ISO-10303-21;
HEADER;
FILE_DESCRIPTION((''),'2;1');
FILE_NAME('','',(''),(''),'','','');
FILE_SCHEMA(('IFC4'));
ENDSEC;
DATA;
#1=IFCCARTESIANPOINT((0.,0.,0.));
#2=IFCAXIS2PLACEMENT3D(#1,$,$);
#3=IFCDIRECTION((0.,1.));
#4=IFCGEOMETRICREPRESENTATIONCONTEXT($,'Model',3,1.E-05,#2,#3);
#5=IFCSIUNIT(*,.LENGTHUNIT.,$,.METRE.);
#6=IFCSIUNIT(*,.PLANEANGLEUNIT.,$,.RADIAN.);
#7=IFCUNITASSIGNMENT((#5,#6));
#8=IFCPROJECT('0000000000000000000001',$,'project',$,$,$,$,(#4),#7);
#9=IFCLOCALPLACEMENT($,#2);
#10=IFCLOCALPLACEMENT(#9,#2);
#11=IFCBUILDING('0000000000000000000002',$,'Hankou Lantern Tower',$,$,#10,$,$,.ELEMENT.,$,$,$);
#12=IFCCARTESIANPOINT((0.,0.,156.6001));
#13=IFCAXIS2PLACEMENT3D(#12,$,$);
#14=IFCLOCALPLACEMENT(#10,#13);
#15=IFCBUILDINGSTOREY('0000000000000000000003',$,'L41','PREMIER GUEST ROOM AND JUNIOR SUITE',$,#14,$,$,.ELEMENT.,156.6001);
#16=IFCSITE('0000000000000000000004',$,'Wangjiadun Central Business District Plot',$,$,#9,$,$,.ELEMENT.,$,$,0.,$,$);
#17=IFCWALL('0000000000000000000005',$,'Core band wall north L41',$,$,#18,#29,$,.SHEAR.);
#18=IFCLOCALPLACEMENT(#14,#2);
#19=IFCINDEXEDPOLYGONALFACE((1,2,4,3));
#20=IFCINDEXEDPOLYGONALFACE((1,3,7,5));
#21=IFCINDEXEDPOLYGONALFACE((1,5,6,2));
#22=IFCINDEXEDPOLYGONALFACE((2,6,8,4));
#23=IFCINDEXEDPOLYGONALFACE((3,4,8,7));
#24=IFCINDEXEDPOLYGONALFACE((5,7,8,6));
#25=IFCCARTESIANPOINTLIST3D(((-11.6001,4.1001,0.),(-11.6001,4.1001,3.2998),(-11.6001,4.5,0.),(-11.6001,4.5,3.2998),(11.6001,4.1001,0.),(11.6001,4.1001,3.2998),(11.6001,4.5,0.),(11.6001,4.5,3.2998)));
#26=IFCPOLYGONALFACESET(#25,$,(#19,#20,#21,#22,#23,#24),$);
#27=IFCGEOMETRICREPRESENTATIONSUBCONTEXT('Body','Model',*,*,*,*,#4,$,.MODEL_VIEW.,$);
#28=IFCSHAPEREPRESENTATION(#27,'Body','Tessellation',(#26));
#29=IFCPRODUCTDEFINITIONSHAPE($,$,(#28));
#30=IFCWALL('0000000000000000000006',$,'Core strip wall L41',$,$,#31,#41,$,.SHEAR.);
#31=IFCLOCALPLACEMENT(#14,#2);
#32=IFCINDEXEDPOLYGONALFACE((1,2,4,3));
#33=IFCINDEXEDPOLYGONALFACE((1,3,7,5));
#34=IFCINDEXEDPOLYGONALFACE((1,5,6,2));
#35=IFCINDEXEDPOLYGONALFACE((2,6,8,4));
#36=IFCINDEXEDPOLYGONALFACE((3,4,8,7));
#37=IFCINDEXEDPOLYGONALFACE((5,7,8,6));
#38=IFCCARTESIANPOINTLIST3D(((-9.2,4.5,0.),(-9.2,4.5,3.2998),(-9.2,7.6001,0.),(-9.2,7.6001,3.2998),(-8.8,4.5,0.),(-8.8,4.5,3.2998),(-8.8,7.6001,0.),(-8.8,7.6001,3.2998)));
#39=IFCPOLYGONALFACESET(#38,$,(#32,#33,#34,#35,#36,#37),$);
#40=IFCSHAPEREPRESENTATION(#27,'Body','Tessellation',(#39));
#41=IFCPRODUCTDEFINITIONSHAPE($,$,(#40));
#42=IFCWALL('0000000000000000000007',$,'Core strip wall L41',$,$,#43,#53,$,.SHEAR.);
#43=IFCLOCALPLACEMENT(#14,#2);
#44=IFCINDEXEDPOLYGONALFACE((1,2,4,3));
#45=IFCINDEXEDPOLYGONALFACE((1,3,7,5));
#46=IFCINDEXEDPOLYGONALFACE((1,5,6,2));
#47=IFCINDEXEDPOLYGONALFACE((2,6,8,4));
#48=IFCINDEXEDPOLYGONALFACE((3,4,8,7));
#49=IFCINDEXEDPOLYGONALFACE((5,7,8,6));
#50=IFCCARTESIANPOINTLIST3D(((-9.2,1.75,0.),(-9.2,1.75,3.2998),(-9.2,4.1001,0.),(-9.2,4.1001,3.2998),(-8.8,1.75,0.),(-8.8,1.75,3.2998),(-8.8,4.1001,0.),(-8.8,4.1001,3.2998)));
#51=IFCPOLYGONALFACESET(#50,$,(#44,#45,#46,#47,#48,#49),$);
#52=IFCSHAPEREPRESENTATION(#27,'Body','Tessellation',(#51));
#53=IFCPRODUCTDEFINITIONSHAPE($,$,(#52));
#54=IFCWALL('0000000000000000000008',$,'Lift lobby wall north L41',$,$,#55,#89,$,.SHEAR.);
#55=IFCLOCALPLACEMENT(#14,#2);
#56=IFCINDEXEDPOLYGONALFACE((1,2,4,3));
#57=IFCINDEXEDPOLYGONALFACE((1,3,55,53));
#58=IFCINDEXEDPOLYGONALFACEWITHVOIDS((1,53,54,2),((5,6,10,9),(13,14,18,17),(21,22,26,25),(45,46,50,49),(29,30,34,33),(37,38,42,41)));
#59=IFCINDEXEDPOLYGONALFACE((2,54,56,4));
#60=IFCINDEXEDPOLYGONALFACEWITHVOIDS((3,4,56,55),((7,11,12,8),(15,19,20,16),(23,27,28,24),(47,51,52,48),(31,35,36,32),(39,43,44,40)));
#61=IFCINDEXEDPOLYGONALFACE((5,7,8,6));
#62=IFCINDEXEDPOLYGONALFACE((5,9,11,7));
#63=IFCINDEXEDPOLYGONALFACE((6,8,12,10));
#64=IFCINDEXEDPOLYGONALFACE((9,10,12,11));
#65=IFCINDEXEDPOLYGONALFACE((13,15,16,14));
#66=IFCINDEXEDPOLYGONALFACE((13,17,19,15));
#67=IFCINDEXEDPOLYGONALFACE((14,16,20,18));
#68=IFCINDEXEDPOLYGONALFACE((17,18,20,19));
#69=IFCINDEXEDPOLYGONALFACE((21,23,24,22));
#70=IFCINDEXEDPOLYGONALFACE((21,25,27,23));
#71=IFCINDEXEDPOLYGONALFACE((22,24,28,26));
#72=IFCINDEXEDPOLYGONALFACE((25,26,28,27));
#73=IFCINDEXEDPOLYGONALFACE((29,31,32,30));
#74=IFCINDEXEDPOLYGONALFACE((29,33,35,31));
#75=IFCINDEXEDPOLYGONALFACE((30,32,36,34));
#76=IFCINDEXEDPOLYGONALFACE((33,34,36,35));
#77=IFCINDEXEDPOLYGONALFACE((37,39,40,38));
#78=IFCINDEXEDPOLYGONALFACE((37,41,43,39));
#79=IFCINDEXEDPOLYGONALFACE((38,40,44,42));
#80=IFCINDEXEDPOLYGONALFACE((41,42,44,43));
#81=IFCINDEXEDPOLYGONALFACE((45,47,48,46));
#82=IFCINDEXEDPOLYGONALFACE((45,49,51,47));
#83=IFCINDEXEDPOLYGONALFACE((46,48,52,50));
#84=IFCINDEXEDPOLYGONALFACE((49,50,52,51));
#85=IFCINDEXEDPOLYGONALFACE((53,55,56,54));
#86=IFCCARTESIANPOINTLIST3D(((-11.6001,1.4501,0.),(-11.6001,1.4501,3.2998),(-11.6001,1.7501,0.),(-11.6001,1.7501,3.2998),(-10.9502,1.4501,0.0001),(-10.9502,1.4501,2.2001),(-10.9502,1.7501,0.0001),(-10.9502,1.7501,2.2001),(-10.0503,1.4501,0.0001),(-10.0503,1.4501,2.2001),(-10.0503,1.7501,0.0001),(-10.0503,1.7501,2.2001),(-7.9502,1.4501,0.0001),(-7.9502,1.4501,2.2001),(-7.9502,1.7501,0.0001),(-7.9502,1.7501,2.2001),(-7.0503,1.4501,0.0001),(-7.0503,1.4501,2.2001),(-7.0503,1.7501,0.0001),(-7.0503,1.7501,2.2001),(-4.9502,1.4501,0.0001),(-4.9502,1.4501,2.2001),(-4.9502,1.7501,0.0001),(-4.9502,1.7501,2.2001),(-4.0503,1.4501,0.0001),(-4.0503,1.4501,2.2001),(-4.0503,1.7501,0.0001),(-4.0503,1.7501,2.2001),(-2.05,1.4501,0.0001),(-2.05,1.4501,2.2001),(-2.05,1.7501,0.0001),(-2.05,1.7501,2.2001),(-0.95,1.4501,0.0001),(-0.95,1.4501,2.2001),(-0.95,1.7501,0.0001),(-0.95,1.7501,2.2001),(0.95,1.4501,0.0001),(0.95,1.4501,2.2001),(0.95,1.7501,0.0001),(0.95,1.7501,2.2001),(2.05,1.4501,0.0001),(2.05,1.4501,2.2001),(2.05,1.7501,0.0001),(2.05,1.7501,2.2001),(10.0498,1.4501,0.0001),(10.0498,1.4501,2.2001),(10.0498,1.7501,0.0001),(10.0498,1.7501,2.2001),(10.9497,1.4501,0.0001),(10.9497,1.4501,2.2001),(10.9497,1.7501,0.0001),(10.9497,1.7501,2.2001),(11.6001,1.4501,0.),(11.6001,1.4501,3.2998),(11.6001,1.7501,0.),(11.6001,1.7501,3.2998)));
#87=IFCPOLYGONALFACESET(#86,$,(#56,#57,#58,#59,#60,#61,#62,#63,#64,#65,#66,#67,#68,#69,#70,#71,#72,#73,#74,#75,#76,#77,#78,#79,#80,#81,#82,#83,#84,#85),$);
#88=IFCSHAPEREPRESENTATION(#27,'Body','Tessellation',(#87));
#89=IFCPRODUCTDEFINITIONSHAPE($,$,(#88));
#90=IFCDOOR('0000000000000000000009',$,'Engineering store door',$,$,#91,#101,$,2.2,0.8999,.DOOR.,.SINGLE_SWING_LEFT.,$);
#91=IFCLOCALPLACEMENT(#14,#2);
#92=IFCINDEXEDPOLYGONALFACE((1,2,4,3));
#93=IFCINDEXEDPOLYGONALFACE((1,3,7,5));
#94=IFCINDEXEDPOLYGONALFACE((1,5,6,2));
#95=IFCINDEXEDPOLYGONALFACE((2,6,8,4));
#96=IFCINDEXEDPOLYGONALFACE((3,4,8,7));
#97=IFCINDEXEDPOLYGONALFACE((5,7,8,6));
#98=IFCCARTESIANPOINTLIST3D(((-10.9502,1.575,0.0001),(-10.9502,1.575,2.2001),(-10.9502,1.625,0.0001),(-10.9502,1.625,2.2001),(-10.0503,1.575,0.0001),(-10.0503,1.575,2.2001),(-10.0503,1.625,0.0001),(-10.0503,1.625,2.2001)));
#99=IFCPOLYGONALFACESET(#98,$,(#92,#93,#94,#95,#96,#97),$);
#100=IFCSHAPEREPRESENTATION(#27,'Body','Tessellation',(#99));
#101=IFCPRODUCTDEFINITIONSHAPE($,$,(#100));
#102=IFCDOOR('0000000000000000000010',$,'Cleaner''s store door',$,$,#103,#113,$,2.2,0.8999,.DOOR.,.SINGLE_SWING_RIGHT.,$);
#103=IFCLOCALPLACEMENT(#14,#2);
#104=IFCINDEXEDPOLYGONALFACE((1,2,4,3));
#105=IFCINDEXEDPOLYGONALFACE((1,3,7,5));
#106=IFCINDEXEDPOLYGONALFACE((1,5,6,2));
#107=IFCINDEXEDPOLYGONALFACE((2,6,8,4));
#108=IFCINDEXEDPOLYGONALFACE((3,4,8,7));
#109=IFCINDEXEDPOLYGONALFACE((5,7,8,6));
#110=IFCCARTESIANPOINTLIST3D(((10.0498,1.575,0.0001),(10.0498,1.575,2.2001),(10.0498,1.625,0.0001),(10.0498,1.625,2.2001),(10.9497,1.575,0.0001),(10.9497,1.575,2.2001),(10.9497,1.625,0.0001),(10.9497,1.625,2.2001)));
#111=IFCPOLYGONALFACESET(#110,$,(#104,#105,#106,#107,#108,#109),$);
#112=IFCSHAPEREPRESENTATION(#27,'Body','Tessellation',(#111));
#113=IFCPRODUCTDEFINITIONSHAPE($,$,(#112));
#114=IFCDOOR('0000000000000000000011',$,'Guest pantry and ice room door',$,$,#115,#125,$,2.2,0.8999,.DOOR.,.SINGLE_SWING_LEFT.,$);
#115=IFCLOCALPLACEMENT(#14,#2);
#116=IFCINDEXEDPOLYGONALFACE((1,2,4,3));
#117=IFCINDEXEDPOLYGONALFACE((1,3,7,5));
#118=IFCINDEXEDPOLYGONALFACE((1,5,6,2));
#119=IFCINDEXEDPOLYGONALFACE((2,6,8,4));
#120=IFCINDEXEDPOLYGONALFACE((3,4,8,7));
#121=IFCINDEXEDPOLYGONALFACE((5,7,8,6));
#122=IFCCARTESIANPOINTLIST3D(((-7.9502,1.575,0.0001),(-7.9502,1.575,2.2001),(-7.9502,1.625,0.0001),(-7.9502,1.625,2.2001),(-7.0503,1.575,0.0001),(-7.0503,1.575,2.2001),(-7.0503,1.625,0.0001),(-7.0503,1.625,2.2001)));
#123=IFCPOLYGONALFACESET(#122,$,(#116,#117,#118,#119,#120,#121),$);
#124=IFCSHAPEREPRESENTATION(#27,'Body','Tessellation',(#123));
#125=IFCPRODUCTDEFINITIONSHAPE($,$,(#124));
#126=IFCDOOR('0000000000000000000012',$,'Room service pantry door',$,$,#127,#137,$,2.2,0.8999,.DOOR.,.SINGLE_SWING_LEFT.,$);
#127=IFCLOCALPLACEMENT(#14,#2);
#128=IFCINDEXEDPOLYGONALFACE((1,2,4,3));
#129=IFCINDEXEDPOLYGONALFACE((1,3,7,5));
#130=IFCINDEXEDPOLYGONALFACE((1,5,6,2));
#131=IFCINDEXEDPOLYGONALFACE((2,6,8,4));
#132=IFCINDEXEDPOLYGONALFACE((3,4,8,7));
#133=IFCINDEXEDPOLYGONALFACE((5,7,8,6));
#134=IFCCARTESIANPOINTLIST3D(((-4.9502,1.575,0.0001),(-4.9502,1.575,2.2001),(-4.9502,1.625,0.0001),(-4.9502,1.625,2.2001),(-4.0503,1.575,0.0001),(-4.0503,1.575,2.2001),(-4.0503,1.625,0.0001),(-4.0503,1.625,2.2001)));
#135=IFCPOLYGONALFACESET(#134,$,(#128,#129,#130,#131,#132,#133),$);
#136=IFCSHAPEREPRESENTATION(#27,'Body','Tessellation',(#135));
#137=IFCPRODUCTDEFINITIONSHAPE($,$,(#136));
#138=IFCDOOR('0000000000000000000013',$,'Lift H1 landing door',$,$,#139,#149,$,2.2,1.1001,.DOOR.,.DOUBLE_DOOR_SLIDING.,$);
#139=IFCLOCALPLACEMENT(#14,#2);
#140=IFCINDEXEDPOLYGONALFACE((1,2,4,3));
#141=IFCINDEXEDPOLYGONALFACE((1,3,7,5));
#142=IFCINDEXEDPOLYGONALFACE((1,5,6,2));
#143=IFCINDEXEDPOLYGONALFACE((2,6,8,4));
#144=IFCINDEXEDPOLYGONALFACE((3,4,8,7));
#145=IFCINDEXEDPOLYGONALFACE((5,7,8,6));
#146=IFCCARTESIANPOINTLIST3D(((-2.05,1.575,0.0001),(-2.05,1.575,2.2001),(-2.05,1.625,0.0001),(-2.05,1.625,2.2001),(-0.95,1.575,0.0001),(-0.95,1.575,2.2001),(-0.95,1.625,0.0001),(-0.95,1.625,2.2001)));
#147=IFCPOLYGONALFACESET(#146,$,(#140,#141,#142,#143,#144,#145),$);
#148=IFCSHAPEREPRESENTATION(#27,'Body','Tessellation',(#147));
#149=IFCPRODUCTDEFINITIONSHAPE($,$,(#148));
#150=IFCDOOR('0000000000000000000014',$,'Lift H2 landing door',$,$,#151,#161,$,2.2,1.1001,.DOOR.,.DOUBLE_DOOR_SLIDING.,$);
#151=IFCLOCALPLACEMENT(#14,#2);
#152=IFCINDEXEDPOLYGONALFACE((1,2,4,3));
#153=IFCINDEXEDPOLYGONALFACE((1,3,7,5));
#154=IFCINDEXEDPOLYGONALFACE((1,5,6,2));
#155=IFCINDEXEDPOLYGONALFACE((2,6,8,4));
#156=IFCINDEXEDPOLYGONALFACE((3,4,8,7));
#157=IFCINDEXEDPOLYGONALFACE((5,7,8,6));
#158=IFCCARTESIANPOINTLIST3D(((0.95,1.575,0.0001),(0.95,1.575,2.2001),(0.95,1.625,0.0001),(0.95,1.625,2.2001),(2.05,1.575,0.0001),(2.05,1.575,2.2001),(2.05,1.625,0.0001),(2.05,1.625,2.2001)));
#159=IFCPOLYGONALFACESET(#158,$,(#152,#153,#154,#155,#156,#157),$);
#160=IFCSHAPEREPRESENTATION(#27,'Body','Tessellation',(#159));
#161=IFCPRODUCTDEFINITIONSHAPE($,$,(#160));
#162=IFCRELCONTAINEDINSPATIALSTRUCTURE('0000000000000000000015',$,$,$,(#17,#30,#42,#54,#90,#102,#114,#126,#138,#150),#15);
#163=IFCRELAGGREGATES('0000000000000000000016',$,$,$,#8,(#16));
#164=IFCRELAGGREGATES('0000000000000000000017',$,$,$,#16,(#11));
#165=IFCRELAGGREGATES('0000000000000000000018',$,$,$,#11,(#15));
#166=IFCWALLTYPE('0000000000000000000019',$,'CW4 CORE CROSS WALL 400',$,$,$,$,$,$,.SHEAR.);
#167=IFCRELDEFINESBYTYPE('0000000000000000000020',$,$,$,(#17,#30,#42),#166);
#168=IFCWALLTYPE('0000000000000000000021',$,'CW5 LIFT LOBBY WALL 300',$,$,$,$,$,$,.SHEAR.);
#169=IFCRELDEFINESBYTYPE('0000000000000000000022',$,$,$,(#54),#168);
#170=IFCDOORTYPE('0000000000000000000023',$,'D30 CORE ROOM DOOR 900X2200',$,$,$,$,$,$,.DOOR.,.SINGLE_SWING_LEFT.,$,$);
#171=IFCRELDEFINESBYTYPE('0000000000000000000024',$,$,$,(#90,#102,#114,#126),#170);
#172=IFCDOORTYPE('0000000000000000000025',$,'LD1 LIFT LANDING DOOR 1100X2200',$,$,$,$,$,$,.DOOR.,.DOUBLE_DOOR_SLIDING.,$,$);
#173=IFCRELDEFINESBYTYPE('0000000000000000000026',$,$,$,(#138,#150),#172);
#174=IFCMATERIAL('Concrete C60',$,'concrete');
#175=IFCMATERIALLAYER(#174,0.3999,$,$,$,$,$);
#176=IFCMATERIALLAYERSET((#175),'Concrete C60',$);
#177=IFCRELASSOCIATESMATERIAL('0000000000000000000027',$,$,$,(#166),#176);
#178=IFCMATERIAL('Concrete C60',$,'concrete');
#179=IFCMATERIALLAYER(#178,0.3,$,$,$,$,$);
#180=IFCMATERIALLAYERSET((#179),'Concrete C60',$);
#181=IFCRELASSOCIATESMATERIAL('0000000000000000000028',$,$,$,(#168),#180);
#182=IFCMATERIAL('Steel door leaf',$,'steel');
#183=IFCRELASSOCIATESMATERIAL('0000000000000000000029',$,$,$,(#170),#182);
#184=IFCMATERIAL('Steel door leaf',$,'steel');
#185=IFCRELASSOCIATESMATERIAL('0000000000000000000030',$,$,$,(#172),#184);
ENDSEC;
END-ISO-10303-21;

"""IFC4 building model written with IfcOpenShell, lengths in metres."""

from ifc_helpers import new_model, si_unit, direction, frame, frame_2d, origin, place, context, subcontext, project, spatial, rectangle, extrude, material, layer, layer_set, type_object, element, fill, save


model = new_model("IFC4")

# Units and contexts
model_context = context("Model", 3, precision=1e-05, world=origin(), true_north=direction((0.0, 1.0)))
body_context = subcontext(model_context, "Body", "Model", "MODEL_VIEW")
ifc_project = project(units=[si_unit("LENGTHUNIT", "METRE"), si_unit("PLANEANGLEUNIT", "RADIAN")], contexts=[model_context])

# Site, building, storey
site_placement = place(None, origin())
site = spatial("IfcSite", under=ifc_project, at=site_placement, Name="Wangjiadun Central Business District Plot", CompositionType="ELEMENT", RefElevation=0.0)
building_placement = place(site_placement, origin())
building = spatial("IfcBuilding", under=site, at=building_placement, Name="Hankou Lantern Tower", CompositionType="ELEMENT")
storey_placement = place(building_placement, frame((0.0, 0.0, 156.6001)))
storey = spatial("IfcBuildingStorey", under=building, at=storey_placement, Name="L41", Description="PREMIER GUEST ROOM AND JUNIOR SUITE", CompositionType="ELEMENT", Elevation=156.6001)

# Walls
ifc_material_1 = material(Name="Concrete C60", Category="concrete")
ifc_layer_1 = layer(ifc_material_1, 0.3999)
ifc_layer_set_1 = layer_set([ifc_layer_1], Name="Concrete C60")
wall_type_1 = type_object("IfcWallType", Name="CW4 CORE CROSS WALL 400", PredefinedType="SHEAR", material=ifc_layer_set_1)
wall_1_placement = place(storey_placement, frame((-11.6001, 4.3, 0.0), z_axis=(0.0, 0.0, 1.0), x_axis=(1.0, 0.0, 0.0)))
element("IfcWall", 1, at=wall_1_placement, inside=storey, type_object=wall_type_1, Name="Core band wall north L41", PredefinedType="SHEAR", context=body_context, shape_type="SweptSolid", body=[
    extrude(rectangle(XDim=23.2002, YDim=0.3999, at=frame_2d((11.6001, 0.0))), origin(), (0.0, 0.0, 1.0), 3.2998),
])
wall_2_placement = place(storey_placement, frame((-9.0, 4.5, 0.0), z_axis=(0.0, 0.0, 1.0), x_axis=(0.0, 1.0, 0.0)))
element("IfcWall", 2, at=wall_2_placement, inside=storey, type_object=wall_type_1, Name="Core strip wall L41", PredefinedType="SHEAR", context=body_context, shape_type="SweptSolid", body=[
    extrude(rectangle(XDim=3.1001, YDim=0.3999, at=frame_2d((1.55, 0.0))), origin(), (0.0, 0.0, 1.0), 3.2998),
])
wall_3_placement = place(storey_placement, frame((-9.0, 1.75, 0.0), z_axis=(0.0, 0.0, 1.0), x_axis=(0.0, 1.0, 0.0)))
element("IfcWall", 3, at=wall_3_placement, inside=storey, type_object=wall_type_1, Name="Core strip wall L41", PredefinedType="SHEAR", context=body_context, shape_type="SweptSolid", body=[
    extrude(rectangle(XDim=2.3501, YDim=0.3999, at=frame_2d((1.175, 0.0))), origin(), (0.0, 0.0, 1.0), 3.2998),
])

# Wall, openings, doors
ifc_material_2 = material(Name="Concrete C60", Category="concrete")
ifc_layer_2 = layer(ifc_material_2, 0.3)
ifc_layer_set_2 = layer_set([ifc_layer_2], Name="Concrete C60")
wall_type_2 = type_object("IfcWallType", Name="CW5 LIFT LOBBY WALL 300", PredefinedType="SHEAR", material=ifc_layer_set_2)
wall_4_placement = place(storey_placement, frame((-11.6001, 1.6001, 0.0), z_axis=(0.0, 0.0, 1.0), x_axis=(1.0, 0.0, 0.0)))
wall_4 = element("IfcWall", 4, at=wall_4_placement, inside=storey, type_object=wall_type_2, Name="Lift lobby wall north L41", PredefinedType="SHEAR", context=body_context, shape_type="SweptSolid", body=[
    extrude(rectangle(XDim=23.2002, YDim=0.3, at=frame_2d((11.6001, 0.0))), origin(), (0.0, 0.0, 1.0), 3.2998),
])
opening_1_placement = place(wall_4_placement, frame((9.55, 0.0, 0.0)))
opening_1 = element("IfcOpeningElement", 5, at=opening_1_placement, cuts=wall_4, PredefinedType="OPENING", context=body_context, shape_type="SweptSolid", body=[
    extrude(rectangle(XDim=1.1001, YDim=2.2, at=frame_2d((0.55, 1.1001))), frame((0.0, 0.1599, 0.0), z_axis=(0.0, -1.0, 0.0), x_axis=(1.0, 0.0, 0.0)), (0.0, 0.0, 1.0), 0.3201),
])
opening_2_placement = place(wall_4_placement, frame((12.55, 0.0, 0.0)))
opening_2 = element("IfcOpeningElement", 6, at=opening_2_placement, cuts=wall_4, PredefinedType="OPENING", context=body_context, shape_type="SweptSolid", body=[
    extrude(rectangle(XDim=1.1001, YDim=2.2, at=frame_2d((0.55, 1.1001))), frame((0.0, 0.1599, 0.0), z_axis=(0.0, -1.0, 0.0), x_axis=(1.0, 0.0, 0.0)), (0.0, 0.0, 1.0), 0.3201),
])
opening_3_placement = place(wall_4_placement, frame((0.6499, 0.0, 0.0)))
opening_3 = element("IfcOpeningElement", 7, at=opening_3_placement, cuts=wall_4, PredefinedType="OPENING", context=body_context, shape_type="SweptSolid", body=[
    extrude(rectangle(XDim=0.8999, YDim=2.2, at=frame_2d((0.45, 1.1001))), frame((0.0, 0.1599, 0.0), z_axis=(0.0, -1.0, 0.0), x_axis=(1.0, 0.0, 0.0)), (0.0, 0.0, 1.0), 0.3201),
])
opening_4_placement = place(wall_4_placement, frame((21.6499, 0.0, 0.0)))
opening_4 = element("IfcOpeningElement", 8, at=opening_4_placement, cuts=wall_4, PredefinedType="OPENING", context=body_context, shape_type="SweptSolid", body=[
    extrude(rectangle(XDim=0.8999, YDim=2.2, at=frame_2d((0.45, 1.1001))), frame((0.0, 0.1599, 0.0), z_axis=(0.0, -1.0, 0.0), x_axis=(1.0, 0.0, 0.0)), (0.0, 0.0, 1.0), 0.3201),
])
opening_5_placement = place(wall_4_placement, frame((3.6499, 0.0, 0.0)))
opening_5 = element("IfcOpeningElement", 9, at=opening_5_placement, cuts=wall_4, PredefinedType="OPENING", context=body_context, shape_type="SweptSolid", body=[
    extrude(rectangle(XDim=0.8999, YDim=2.2, at=frame_2d((0.45, 1.1001))), frame((0.0, 0.1599, 0.0), z_axis=(0.0, -1.0, 0.0), x_axis=(1.0, 0.0, 0.0)), (0.0, 0.0, 1.0), 0.3201),
])
opening_6_placement = place(wall_4_placement, frame((6.6499, 0.0, 0.0)))
opening_6 = element("IfcOpeningElement", 10, at=opening_6_placement, cuts=wall_4, PredefinedType="OPENING", context=body_context, shape_type="SweptSolid", body=[
    extrude(rectangle(XDim=0.8999, YDim=2.2, at=frame_2d((0.45, 1.1001))), frame((0.0, 0.1599, 0.0), z_axis=(0.0, -1.0, 0.0), x_axis=(1.0, 0.0, 0.0)), (0.0, 0.0, 1.0), 0.3201),
])
ifc_material_3 = material(Name="Steel door leaf", Category="steel")
door_type_1 = type_object("IfcDoorType", Name="D30 CORE ROOM DOOR 900X2200", OperationType="SINGLE_SWING_LEFT", PredefinedType="DOOR", material=ifc_material_3)
door_1_placement = place(opening_3_placement, origin())
door_1 = element("IfcDoor", 11, at=door_1_placement, inside=storey, type_object=door_type_1, Name="Engineering store door", OperationType="SINGLE_SWING_LEFT", OverallHeight=2.2, OverallWidth=0.8999, PredefinedType="DOOR", context=body_context, shape_type="SweptSolid", body=[
    extrude(rectangle(XDim=0.8999, YDim=2.2, at=frame_2d((0.45, 1.1001))), frame((0.0, 0.0249, 0.0), z_axis=(0.0, -1.0, 0.0), x_axis=(1.0, 0.0, 0.0)), (0.0, 0.0, 1.0), 0.05),
])
fill(opening_3, door_1)
door_2_placement = place(opening_4_placement, origin())
door_2 = element("IfcDoor", 12, at=door_2_placement, inside=storey, type_object=door_type_1, Name="Cleaner's store door", OperationType="SINGLE_SWING_RIGHT", OverallHeight=2.2, OverallWidth=0.8999, PredefinedType="DOOR", context=body_context, shape_type="SweptSolid", body=[
    extrude(rectangle(XDim=0.8999, YDim=2.2, at=frame_2d((0.45, 1.1001))), frame((0.0, 0.0249, 0.0), z_axis=(0.0, -1.0, 0.0), x_axis=(1.0, 0.0, 0.0)), (0.0, 0.0, 1.0), 0.05),
])
fill(opening_4, door_2)
door_3_placement = place(opening_5_placement, origin())
door_3 = element("IfcDoor", 13, at=door_3_placement, inside=storey, type_object=door_type_1, Name="Guest pantry and ice room door", OperationType="SINGLE_SWING_LEFT", OverallHeight=2.2, OverallWidth=0.8999, PredefinedType="DOOR", context=body_context, shape_type="SweptSolid", body=[
    extrude(rectangle(XDim=0.8999, YDim=2.2, at=frame_2d((0.45, 1.1001))), frame((0.0, 0.0249, 0.0), z_axis=(0.0, -1.0, 0.0), x_axis=(1.0, 0.0, 0.0)), (0.0, 0.0, 1.0), 0.05),
])
fill(opening_5, door_3)
door_4_placement = place(opening_6_placement, origin())
door_4 = element("IfcDoor", 14, at=door_4_placement, inside=storey, type_object=door_type_1, Name="Room service pantry door", OperationType="SINGLE_SWING_LEFT", OverallHeight=2.2, OverallWidth=0.8999, PredefinedType="DOOR", context=body_context, shape_type="SweptSolid", body=[
    extrude(rectangle(XDim=0.8999, YDim=2.2, at=frame_2d((0.45, 1.1001))), frame((0.0, 0.0249, 0.0), z_axis=(0.0, -1.0, 0.0), x_axis=(1.0, 0.0, 0.0)), (0.0, 0.0, 1.0), 0.05),
])
fill(opening_6, door_4)
ifc_material_4 = material(Name="Steel door leaf", Category="steel")
door_type_2 = type_object("IfcDoorType", Name="LD1 LIFT LANDING DOOR 1100X2200", OperationType="DOUBLE_DOOR_SLIDING", PredefinedType="DOOR", material=ifc_material_4)
door_5_placement = place(opening_1_placement, origin())
door_5 = element("IfcDoor", 15, at=door_5_placement, inside=storey, type_object=door_type_2, Name="Lift H1 landing door", OperationType="DOUBLE_DOOR_SLIDING", OverallHeight=2.2, OverallWidth=1.1001, PredefinedType="DOOR", context=body_context, shape_type="SweptSolid", body=[
    extrude(rectangle(XDim=1.1001, YDim=2.2, at=frame_2d((0.55, 1.1001))), frame((0.0, 0.0249, 0.0), z_axis=(0.0, -1.0, 0.0), x_axis=(1.0, 0.0, 0.0)), (0.0, 0.0, 1.0), 0.05),
])
fill(opening_1, door_5)
door_6_placement = place(opening_2_placement, origin())
door_6 = element("IfcDoor", 16, at=door_6_placement, inside=storey, type_object=door_type_2, Name="Lift H2 landing door", OperationType="DOUBLE_DOOR_SLIDING", OverallHeight=2.2, OverallWidth=1.1001, PredefinedType="DOOR", context=body_context, shape_type="SweptSolid", body=[
    extrude(rectangle(XDim=1.1001, YDim=2.2, at=frame_2d((0.55, 1.1001))), frame((0.0, 0.0249, 0.0), z_axis=(0.0, -1.0, 0.0), x_axis=(1.0, 0.0, 0.0)), (0.0, 0.0, 1.0), 0.05),
])
fill(opening_2, door_6)

save(model, "model.ifc")
